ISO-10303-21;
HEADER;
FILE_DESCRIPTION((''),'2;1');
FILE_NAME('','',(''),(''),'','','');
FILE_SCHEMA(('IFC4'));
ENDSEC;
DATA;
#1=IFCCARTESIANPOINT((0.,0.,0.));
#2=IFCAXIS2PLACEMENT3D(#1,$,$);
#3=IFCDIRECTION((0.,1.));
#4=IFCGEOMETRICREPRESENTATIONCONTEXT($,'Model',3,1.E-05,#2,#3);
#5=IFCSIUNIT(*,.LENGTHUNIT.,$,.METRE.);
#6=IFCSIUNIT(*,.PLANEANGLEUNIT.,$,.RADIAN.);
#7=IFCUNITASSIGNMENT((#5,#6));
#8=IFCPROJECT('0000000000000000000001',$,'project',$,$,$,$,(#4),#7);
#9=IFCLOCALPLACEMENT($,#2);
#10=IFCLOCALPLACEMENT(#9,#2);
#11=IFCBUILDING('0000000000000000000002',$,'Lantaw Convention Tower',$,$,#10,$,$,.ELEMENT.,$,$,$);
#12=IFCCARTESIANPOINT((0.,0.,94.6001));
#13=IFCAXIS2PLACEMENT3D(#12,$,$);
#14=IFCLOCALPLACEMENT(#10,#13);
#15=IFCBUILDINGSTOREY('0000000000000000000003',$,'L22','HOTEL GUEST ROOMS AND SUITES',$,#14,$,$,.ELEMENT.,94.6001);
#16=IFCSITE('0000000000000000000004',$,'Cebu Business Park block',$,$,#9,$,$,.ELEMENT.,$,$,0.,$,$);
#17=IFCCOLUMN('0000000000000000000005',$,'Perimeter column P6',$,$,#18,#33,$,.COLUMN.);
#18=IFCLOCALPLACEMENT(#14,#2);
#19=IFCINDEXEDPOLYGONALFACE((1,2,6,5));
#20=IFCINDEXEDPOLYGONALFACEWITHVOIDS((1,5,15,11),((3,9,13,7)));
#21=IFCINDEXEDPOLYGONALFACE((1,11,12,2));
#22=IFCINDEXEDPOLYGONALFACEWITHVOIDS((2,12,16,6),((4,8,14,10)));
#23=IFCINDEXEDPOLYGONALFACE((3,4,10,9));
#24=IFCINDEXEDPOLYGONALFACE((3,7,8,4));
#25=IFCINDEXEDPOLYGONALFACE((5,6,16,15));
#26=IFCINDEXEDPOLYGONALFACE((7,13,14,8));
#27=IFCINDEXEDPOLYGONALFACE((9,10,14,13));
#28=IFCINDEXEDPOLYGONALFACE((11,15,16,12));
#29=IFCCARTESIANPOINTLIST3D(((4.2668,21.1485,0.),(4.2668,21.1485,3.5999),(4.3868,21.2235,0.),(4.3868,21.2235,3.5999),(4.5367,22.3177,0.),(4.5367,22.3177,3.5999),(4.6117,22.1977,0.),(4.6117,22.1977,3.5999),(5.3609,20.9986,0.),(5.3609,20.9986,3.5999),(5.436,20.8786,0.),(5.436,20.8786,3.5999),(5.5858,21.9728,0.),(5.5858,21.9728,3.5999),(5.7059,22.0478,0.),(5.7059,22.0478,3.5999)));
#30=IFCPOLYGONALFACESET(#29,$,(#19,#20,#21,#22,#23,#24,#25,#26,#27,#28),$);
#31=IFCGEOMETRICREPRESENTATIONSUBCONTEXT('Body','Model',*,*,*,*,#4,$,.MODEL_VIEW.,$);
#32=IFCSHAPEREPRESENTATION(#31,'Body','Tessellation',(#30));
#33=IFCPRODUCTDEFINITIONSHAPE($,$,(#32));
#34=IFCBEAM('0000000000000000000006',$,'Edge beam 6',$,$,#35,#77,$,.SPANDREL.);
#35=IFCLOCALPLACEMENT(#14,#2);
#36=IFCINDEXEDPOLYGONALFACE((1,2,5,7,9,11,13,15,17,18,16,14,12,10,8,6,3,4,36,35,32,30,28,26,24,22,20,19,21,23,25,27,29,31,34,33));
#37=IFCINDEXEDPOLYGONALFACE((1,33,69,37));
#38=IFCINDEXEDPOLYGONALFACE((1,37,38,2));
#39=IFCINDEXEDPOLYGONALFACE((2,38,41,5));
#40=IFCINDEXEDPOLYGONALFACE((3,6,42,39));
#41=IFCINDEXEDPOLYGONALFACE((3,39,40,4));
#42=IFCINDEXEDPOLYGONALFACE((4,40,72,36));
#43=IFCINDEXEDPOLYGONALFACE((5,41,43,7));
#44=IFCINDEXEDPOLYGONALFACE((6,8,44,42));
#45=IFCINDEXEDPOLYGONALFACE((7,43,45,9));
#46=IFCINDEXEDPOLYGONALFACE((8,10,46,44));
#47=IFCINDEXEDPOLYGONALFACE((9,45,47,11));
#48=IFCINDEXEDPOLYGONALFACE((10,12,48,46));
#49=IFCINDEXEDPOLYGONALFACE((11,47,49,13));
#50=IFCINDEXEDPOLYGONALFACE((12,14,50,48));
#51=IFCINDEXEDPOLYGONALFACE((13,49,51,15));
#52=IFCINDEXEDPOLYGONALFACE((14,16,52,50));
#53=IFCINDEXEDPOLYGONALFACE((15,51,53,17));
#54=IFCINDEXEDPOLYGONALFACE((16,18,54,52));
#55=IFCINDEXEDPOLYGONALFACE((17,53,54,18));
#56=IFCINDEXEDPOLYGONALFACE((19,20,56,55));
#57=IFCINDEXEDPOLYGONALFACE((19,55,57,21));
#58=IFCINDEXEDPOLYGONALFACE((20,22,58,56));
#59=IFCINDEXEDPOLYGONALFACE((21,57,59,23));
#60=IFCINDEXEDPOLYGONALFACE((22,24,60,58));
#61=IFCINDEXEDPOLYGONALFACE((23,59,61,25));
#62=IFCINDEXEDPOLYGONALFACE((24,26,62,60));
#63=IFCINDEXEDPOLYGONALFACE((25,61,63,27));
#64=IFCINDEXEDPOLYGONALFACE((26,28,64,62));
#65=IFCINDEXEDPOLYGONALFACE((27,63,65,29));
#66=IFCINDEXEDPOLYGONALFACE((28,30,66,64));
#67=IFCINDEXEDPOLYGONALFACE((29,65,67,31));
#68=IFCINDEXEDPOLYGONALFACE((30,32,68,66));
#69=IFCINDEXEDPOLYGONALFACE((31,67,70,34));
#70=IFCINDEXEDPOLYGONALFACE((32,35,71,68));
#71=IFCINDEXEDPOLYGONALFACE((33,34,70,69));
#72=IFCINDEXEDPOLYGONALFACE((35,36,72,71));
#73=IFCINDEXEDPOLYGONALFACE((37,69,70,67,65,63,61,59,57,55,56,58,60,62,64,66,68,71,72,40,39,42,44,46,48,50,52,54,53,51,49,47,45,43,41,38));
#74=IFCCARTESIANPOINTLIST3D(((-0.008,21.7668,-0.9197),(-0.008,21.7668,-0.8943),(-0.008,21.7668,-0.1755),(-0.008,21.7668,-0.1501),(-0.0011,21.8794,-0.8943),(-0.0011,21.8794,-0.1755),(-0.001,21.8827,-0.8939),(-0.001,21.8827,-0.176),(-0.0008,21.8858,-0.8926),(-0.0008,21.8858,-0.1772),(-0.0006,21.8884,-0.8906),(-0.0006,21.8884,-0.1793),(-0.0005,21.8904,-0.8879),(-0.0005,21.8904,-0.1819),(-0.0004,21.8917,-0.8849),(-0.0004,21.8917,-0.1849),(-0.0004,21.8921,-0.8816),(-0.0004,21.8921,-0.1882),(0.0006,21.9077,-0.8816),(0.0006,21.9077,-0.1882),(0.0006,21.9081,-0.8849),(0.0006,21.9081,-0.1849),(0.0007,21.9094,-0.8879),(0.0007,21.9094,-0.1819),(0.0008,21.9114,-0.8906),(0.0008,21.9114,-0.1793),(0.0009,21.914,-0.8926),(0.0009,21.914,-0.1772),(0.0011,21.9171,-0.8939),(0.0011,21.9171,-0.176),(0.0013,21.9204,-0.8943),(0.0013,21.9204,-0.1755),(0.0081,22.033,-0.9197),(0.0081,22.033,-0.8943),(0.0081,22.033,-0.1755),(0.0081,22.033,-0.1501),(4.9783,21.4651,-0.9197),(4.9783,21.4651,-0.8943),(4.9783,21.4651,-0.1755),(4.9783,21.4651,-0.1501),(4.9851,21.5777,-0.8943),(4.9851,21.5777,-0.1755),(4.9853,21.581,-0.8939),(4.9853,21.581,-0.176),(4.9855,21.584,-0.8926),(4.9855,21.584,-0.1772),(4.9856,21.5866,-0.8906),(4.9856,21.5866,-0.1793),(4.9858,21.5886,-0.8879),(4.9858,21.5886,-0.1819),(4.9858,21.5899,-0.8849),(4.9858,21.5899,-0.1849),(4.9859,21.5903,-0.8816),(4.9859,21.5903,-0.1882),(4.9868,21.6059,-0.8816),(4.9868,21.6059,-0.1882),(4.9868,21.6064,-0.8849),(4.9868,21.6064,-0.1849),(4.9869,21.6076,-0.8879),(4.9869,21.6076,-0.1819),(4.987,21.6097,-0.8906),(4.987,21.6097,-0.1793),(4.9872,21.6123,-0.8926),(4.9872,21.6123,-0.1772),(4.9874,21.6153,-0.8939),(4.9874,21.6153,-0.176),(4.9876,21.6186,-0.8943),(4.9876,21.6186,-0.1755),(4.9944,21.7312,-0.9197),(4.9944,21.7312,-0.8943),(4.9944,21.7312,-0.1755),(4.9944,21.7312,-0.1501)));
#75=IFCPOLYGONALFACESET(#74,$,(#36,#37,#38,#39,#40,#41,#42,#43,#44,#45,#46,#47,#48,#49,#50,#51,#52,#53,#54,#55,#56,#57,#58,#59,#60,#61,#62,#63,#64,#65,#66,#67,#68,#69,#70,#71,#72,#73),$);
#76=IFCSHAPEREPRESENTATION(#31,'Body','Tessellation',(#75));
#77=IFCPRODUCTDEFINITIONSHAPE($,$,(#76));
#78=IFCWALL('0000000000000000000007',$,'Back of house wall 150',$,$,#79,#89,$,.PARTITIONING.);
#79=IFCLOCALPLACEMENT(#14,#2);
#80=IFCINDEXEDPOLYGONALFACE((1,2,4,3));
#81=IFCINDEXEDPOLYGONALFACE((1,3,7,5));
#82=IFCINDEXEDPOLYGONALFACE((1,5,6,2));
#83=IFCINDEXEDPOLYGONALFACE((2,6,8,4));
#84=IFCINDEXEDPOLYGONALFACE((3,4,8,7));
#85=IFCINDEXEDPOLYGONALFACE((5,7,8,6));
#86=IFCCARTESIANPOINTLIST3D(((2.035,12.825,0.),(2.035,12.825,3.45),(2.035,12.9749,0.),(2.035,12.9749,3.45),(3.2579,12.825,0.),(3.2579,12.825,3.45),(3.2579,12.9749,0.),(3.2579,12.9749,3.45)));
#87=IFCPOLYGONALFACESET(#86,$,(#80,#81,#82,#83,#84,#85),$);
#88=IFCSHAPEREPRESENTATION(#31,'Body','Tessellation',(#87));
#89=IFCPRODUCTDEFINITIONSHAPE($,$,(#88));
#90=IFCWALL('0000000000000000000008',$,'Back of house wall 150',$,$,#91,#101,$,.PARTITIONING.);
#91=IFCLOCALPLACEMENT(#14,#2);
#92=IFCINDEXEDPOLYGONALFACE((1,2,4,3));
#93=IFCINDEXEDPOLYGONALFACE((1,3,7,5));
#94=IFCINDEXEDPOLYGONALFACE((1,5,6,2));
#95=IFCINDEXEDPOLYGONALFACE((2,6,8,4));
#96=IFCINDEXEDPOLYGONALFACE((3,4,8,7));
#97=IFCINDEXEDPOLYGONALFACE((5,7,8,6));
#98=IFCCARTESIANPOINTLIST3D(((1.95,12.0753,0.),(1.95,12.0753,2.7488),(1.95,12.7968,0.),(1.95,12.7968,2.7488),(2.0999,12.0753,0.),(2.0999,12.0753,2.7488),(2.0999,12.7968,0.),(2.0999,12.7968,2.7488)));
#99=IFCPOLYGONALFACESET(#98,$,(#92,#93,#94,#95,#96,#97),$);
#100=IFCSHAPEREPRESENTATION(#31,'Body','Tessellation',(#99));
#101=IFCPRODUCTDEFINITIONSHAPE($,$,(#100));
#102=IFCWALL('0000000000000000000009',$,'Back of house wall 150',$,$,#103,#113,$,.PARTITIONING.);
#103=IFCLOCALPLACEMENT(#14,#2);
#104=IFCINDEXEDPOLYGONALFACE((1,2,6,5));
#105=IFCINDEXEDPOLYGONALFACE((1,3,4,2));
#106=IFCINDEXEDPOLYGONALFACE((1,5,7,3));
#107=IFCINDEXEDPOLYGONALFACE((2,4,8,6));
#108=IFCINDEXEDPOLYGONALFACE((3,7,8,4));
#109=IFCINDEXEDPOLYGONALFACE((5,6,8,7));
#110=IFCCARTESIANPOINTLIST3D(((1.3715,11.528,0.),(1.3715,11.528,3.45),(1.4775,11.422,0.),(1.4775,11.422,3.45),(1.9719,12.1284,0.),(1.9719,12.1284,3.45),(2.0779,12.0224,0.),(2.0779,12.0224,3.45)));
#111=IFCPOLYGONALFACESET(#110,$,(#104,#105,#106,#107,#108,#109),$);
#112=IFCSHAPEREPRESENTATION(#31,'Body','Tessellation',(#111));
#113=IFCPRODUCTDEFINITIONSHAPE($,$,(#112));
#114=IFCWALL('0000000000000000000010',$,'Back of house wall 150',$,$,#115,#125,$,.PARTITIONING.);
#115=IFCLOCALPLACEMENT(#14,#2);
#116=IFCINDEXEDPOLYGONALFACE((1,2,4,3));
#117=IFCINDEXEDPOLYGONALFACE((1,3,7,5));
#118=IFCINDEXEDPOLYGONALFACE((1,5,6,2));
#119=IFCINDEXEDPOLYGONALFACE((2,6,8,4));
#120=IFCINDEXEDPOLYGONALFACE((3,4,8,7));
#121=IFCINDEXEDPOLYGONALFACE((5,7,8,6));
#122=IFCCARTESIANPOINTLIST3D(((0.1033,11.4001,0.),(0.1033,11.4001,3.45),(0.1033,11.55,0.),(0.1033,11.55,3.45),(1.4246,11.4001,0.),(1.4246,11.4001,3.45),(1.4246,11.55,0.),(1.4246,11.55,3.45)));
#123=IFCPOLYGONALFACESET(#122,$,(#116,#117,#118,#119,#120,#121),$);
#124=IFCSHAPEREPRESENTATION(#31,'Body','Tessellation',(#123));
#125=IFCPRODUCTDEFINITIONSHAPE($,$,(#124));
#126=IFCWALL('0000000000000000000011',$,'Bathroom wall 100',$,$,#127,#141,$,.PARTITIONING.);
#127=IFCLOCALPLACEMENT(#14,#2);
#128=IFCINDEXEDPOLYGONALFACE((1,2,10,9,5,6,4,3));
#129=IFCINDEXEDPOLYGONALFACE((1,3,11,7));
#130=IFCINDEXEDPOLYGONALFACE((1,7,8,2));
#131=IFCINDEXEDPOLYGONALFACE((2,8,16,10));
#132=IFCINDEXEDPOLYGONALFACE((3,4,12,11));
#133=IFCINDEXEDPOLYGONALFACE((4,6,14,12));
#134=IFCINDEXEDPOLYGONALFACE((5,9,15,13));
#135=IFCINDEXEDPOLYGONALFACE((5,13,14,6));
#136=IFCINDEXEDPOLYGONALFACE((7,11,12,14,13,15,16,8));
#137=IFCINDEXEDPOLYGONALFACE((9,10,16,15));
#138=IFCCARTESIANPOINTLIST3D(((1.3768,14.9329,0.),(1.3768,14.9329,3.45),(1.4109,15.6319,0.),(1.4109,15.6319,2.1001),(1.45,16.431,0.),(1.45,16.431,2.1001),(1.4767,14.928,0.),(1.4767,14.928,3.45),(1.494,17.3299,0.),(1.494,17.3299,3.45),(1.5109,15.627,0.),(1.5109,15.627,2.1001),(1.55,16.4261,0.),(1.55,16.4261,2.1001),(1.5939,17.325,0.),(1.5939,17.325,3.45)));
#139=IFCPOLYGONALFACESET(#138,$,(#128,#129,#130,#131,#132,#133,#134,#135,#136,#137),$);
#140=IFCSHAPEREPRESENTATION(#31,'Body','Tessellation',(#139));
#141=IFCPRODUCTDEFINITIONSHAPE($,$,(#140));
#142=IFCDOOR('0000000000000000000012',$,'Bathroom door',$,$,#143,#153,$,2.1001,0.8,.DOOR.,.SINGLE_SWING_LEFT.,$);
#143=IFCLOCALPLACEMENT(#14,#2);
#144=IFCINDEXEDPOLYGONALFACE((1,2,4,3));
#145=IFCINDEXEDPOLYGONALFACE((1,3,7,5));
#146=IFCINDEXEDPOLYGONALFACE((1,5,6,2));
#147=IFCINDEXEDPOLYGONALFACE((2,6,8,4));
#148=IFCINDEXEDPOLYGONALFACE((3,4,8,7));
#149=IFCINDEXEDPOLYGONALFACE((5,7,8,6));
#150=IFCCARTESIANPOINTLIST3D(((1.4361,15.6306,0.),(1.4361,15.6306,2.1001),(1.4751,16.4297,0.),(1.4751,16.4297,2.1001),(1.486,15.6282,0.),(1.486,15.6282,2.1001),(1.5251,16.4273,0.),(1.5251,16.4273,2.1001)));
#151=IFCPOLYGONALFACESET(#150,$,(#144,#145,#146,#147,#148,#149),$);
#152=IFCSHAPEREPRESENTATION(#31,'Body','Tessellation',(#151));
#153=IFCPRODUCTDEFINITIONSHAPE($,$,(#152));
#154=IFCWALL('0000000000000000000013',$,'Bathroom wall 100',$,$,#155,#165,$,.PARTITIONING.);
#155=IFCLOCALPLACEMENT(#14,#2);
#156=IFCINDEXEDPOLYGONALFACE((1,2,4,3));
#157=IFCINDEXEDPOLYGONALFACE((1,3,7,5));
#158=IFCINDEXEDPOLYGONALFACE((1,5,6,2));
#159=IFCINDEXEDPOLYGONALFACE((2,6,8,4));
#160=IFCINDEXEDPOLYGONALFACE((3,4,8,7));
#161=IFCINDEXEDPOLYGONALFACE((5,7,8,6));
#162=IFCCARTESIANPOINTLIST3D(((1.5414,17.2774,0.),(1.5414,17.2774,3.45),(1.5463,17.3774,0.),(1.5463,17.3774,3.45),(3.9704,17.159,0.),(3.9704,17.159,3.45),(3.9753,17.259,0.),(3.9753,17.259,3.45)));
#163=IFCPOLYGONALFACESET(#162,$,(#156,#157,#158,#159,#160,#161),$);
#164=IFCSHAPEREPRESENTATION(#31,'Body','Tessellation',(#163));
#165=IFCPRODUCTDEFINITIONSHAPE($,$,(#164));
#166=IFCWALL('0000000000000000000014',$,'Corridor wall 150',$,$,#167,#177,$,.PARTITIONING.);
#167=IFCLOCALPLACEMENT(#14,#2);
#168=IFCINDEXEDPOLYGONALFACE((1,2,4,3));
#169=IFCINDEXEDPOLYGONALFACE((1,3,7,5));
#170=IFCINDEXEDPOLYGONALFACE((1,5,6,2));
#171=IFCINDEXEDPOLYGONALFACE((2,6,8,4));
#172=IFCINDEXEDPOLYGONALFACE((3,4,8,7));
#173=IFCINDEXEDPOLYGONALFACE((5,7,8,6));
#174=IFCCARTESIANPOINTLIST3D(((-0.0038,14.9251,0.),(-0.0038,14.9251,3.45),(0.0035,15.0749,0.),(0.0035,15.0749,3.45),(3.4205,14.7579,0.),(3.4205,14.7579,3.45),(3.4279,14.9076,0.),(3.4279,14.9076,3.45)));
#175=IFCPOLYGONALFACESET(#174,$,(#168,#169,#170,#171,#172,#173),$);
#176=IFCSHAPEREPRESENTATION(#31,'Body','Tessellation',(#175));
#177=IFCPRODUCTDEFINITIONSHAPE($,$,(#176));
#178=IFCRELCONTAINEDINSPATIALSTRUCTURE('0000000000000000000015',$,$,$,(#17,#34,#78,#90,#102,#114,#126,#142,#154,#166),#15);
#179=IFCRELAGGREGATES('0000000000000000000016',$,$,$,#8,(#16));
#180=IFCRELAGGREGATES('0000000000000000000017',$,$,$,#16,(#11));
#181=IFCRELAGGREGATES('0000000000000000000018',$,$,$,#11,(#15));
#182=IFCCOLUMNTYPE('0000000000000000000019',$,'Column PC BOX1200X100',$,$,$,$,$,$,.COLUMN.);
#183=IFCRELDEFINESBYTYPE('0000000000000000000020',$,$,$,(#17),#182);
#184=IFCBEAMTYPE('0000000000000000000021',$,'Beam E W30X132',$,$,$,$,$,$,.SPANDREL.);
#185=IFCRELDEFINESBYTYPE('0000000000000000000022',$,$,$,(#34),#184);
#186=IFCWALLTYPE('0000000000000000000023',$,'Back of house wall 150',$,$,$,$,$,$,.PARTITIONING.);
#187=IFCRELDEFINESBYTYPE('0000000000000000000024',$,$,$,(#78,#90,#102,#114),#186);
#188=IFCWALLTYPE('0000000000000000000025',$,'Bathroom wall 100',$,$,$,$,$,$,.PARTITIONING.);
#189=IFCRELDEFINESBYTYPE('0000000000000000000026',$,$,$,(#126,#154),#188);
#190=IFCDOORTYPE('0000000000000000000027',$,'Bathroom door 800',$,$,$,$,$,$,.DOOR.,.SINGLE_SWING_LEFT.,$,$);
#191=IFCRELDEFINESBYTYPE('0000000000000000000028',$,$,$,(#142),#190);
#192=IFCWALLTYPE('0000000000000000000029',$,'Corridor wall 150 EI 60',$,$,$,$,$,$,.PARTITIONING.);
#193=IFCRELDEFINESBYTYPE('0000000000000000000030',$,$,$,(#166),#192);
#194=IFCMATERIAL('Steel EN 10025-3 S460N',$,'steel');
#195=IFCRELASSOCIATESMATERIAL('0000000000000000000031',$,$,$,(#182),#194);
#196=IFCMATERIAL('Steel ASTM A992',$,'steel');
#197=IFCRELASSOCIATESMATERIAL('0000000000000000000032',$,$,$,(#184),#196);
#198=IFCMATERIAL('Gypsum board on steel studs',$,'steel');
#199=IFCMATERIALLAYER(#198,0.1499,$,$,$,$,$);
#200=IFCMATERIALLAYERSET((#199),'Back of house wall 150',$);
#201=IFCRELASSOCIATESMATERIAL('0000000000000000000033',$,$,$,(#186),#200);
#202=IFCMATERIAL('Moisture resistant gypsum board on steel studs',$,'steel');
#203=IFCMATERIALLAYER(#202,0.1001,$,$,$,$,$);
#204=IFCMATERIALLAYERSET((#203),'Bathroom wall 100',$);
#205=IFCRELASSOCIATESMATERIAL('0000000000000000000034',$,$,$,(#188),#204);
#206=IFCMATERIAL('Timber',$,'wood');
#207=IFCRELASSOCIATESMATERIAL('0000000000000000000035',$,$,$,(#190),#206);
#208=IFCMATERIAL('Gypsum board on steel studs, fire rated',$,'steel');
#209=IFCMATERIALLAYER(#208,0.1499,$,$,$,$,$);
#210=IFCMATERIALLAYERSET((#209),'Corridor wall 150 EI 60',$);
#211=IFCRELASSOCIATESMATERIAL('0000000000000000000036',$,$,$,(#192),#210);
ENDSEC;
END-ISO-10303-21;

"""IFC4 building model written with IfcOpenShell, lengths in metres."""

from ifc_helpers import new_model, si_unit, direction, frame, frame_2d, origin, origin_2d, place, context, subcontext, project, spatial, rectangle, hollow_rectangle, i_section, extrude, material, layer, layer_set, material_profile, profile_set, type_object, element, fill, save


model = new_model("IFC4")

# Units and contexts
model_context = context("Model", 3, precision=1e-05, world=origin(), true_north=direction((0.0, 1.0)))
body_context = subcontext(model_context, "Body", "Model", "MODEL_VIEW")
ifc_project = project(units=[si_unit("LENGTHUNIT", "METRE"), si_unit("PLANEANGLEUNIT", "RADIAN")], contexts=[model_context])

# Site, building, storey
site_placement = place(None, origin())
site = spatial("IfcSite", under=ifc_project, at=site_placement, Name="Cebu Business Park block", CompositionType="ELEMENT", RefElevation=0.0)
building_placement = place(site_placement, origin())
building = spatial("IfcBuilding", under=site, at=building_placement, Name="Lantaw Convention Tower", CompositionType="ELEMENT")
storey_placement = place(building_placement, frame((0.0, 0.0, 94.6001)))
storey = spatial("IfcBuildingStorey", under=building, at=storey_placement, Name="L22", Description="HOTEL GUEST ROOMS AND SUITES", CompositionType="ELEMENT", Elevation=94.6001)

# Column
ifc_material_1 = material(Name="Steel EN 10025-3 S460N", Category="steel")
ifc_material_profile_1 = material_profile(ifc_material_1, hollow_rectangle(XDim=1.2, YDim=1.2, WallThickness=0.1001, at=origin_2d()), Name="BOX1200X100")
ifc_material_2 = material(Name="Concrete C60/75", Category="concrete")
ifc_material_profile_2 = material_profile(ifc_material_2, rectangle(XDim=1.0, YDim=1.0, at=origin_2d()), Name="Concrete fill of BOX1200X100")
ifc_profile_set_1 = profile_set([ifc_material_profile_1, ifc_material_profile_2], Name="Steel EN 10025-3 S460N")
column_type = type_object("IfcColumnType", Name="Column PC BOX1200X100", PredefinedType="COLUMN", material=ifc_profile_set_1)
column_placement = place(storey_placement, frame((4.9863, 21.5981, 0.0), z_axis=(0.0, 0.0, 1.0), x_axis=(0.224951, 0.97437, 0.0)))
element("IfcColumn", 1, at=column_placement, inside=storey, type_object=column_type, Name="Perimeter column P6", PredefinedType="COLUMN", context=body_context, shape_type="SweptSolid", body=[
    extrude(hollow_rectangle(XDim=1.2, YDim=1.2, WallThickness=0.1001, at=origin_2d()), origin(), (0.0, 0.0, 1.0), 3.5999),
])

# Beam
ifc_material_3 = material(Name="Steel ASTM A992", Category="steel")
ifc_material_profile_3 = material_profile(ifc_material_3, i_section(OverallWidth=0.2666, OverallDepth=0.7695, WebThickness=0.0156, FlangeThickness=0.0254, FilletRadius=0.0127, at=origin_2d()), Name="W30X132")
ifc_profile_set_2 = profile_set([ifc_material_profile_3], Name="Steel ASTM A992")
beam_type = type_object("IfcBeamType", Name="Beam E W30X132", PredefinedType="SPANDREL", material=ifc_profile_set_2)
beam_placement = place(storey_placement, frame((4.9863, 21.5981, -0.5349), z_axis=(-0.998174, 0.060407, 0.0), x_axis=(-0.060407, -0.998174, 0.0)))
element("IfcBeam", 2, at=beam_placement, inside=storey, type_object=beam_type, Name="Edge beam 6", PredefinedType="SPANDREL", context=body_context, shape_type="SweptSolid", body=[
    extrude(i_section(OverallWidth=0.2666, OverallDepth=0.7695, WebThickness=0.0156, FlangeThickness=0.0254, FilletRadius=0.0127, at=origin_2d()), origin(), (0.0, 0.0, 1.0), 4.9954),
])

# Walls
ifc_material_4 = material(Name="Gypsum board on steel studs", Category="steel")
ifc_layer_1 = layer(ifc_material_4, 0.1499)
ifc_layer_set_1 = layer_set([ifc_layer_1], Name="Back of house wall 150")
wall_type_1 = type_object("IfcWallType", Name="Back of house wall 150", PredefinedType="PARTITIONING", material=ifc_layer_set_1)
wall_1_placement = place(storey_placement, frame((3.2578, 12.8999, 0.0), z_axis=(0.0, 0.0, 1.0), x_axis=(-1.0, 0.0, 0.0)))
element("IfcWall", 3, at=wall_1_placement, inside=storey, type_object=wall_type_1, Name="Back of house wall 150", PredefinedType="PARTITIONING", context=body_context, shape_type="SweptSolid", body=[
    extrude(rectangle(XDim=1.2229, YDim=0.1499, at=frame_2d((0.6113, 0.0))), origin(), (0.0, 0.0, 1.0), 3.45),
])
wall_2_placement = place(storey_placement, frame((2.0249, 12.7969, 0.0), z_axis=(0.0, 0.0, 1.0), x_axis=(0.0, -1.0, 0.0)))
element("IfcWall", 4, at=wall_2_placement, inside=storey, type_object=wall_type_1, Name="Back of house wall 150", PredefinedType="PARTITIONING", context=body_context, shape_type="SweptSolid", body=[
    extrude(rectangle(XDim=0.7214, YDim=0.1499, at=frame_2d((0.3608, 0.0))), origin(), (0.0, 0.0, 1.0), 2.7488),
])
wall_3_placement = place(storey_placement, frame((2.0249, 12.0754, 0.0), z_axis=(0.0, 0.0, 1.0), x_axis=(-0.707107, -0.707107, 0.0)))
element("IfcWall", 5, at=wall_3_placement, inside=storey, type_object=wall_type_1, Name="Back of house wall 150", PredefinedType="PARTITIONING", context=body_context, shape_type="SweptSolid", body=[
    extrude(rectangle(XDim=0.8491, YDim=0.1499, at=frame_2d((0.4246, 0.0))), origin(), (0.0, 0.0, 1.0), 3.45),
])
wall_4_placement = place(storey_placement, frame((1.4246, 11.4751, 0.0), z_axis=(0.0, 0.0, 1.0), x_axis=(-1.0, 0.0, 0.0)))
element("IfcWall", 6, at=wall_4_placement, inside=storey, type_object=wall_type_1, Name="Back of house wall 150", PredefinedType="PARTITIONING", context=body_context, shape_type="SweptSolid", body=[
    extrude(rectangle(XDim=1.3213, YDim=0.1499, at=frame_2d((0.6606, 0.0))), origin(), (0.0, 0.0, 1.0), 3.45),
])

# Wall, opening, door
ifc_material_5 = material(Name="Moisture resistant gypsum board on steel studs", Category="steel")
ifc_layer_2 = layer(ifc_material_5, 0.1001)
ifc_layer_set_2 = layer_set([ifc_layer_2], Name="Bathroom wall 100")
wall_type_2 = type_object("IfcWallType", Name="Bathroom wall 100", PredefinedType="PARTITIONING", material=ifc_layer_set_2)
wall_5_placement = place(storey_placement, frame((1.4268, 14.9304, 0.0), z_axis=(0.0, 0.0, 1.0), x_axis=(0.048831, 0.998807, 0.0)))
wall_5 = element("IfcWall", 7, at=wall_5_placement, inside=storey, type_object=wall_type_2, Name="Bathroom wall 100", PredefinedType="PARTITIONING", context=body_context, shape_type="SweptSolid", body=[
    extrude(rectangle(XDim=2.3999, YDim=0.1001, at=frame_2d((1.2, 0.0))), origin(), (0.0, 0.0, 1.0), 3.45),
])
opening_1_placement = place(wall_5_placement, frame((0.7, 0.0, 0.0)))
opening_1 = element("IfcOpeningElement", 8, at=opening_1_placement, cuts=wall_5, PredefinedType="OPENING", context=body_context, shape_type="SweptSolid", body=[
    extrude(rectangle(XDim=0.8, YDim=2.1001, at=frame_2d((0.3999, 1.05))), frame((0.0, 0.0601, 0.0), z_axis=(0.0, -1.0, 0.0), x_axis=(1.0, 0.0, 0.0)), (0.0, 0.0, 1.0), 0.1201),
])
ifc_material_6 = material(Name="Timber", Category="wood")
door_type_1 = type_object("IfcDoorType", Name="Bathroom door 800", OperationType="SINGLE_SWING_LEFT", PredefinedType="DOOR", material=ifc_material_6)
door_1_placement = place(opening_1_placement, origin())
door_1 = element("IfcDoor", 9, at=door_1_placement, inside=storey, type_object=door_type_1, Name="Bathroom door", OperationType="SINGLE_SWING_LEFT", OverallHeight=2.1001, OverallWidth=0.8, PredefinedType="DOOR", context=body_context, shape_type="SweptSolid", body=[
    extrude(rectangle(XDim=0.8, YDim=2.1001, at=frame_2d((0.3999, 1.05))), frame((0.0, 0.0249, 0.0), z_axis=(0.0, -1.0, 0.0), x_axis=(1.0, 0.0, 0.0)), (0.0, 0.0, 1.0), 0.05),
])
fill(opening_1, door_1)

# Walls
wall_6_placement = place(storey_placement, frame((1.5439, 17.3274, 0.0), z_axis=(0.0, 0.0, 1.0), x_axis=(0.998814, -0.048691, 0.0)))
element("IfcWall", 10, at=wall_6_placement, inside=storey, type_object=wall_type_2, Name="Bathroom wall 100", PredefinedType="PARTITIONING", context=body_context, shape_type="SweptSolid", body=[
    extrude(rectangle(XDim=2.4319, YDim=0.1001, at=frame_2d((1.2158, 0.0))), origin(), (0.0, 0.0, 1.0), 3.45),
])
ifc_material_7 = material(Name="Gypsum board on steel studs, fire rated", Category="steel")
ifc_layer_3 = layer(ifc_material_7, 0.1499)
ifc_layer_set_3 = layer_set([ifc_layer_3], Name="Corridor wall 150 EI 60")
wall_type_3 = type_object("IfcWallType", Name="Corridor wall 150 EI 60", PredefinedType="PARTITIONING", material=ifc_layer_set_3)
wall_7_placement = place(storey_placement, frame((3.4243, 14.8328, 0.0), z_axis=(0.0, 0.0, 1.0), x_axis=(-0.99881, 0.04878, 0.0)))
element("IfcWall", 11, at=wall_7_placement, inside=storey, type_object=wall_type_3, Name="Corridor wall 150", PredefinedType="PARTITIONING", context=body_context, shape_type="SweptSolid", body=[
    extrude(rectangle(XDim=3.4285, YDim=0.1499, at=frame_2d((1.7144, 0.0))), origin(), (0.0, 0.0, 1.0), 3.45),
])

save(model, "model.ifc")
